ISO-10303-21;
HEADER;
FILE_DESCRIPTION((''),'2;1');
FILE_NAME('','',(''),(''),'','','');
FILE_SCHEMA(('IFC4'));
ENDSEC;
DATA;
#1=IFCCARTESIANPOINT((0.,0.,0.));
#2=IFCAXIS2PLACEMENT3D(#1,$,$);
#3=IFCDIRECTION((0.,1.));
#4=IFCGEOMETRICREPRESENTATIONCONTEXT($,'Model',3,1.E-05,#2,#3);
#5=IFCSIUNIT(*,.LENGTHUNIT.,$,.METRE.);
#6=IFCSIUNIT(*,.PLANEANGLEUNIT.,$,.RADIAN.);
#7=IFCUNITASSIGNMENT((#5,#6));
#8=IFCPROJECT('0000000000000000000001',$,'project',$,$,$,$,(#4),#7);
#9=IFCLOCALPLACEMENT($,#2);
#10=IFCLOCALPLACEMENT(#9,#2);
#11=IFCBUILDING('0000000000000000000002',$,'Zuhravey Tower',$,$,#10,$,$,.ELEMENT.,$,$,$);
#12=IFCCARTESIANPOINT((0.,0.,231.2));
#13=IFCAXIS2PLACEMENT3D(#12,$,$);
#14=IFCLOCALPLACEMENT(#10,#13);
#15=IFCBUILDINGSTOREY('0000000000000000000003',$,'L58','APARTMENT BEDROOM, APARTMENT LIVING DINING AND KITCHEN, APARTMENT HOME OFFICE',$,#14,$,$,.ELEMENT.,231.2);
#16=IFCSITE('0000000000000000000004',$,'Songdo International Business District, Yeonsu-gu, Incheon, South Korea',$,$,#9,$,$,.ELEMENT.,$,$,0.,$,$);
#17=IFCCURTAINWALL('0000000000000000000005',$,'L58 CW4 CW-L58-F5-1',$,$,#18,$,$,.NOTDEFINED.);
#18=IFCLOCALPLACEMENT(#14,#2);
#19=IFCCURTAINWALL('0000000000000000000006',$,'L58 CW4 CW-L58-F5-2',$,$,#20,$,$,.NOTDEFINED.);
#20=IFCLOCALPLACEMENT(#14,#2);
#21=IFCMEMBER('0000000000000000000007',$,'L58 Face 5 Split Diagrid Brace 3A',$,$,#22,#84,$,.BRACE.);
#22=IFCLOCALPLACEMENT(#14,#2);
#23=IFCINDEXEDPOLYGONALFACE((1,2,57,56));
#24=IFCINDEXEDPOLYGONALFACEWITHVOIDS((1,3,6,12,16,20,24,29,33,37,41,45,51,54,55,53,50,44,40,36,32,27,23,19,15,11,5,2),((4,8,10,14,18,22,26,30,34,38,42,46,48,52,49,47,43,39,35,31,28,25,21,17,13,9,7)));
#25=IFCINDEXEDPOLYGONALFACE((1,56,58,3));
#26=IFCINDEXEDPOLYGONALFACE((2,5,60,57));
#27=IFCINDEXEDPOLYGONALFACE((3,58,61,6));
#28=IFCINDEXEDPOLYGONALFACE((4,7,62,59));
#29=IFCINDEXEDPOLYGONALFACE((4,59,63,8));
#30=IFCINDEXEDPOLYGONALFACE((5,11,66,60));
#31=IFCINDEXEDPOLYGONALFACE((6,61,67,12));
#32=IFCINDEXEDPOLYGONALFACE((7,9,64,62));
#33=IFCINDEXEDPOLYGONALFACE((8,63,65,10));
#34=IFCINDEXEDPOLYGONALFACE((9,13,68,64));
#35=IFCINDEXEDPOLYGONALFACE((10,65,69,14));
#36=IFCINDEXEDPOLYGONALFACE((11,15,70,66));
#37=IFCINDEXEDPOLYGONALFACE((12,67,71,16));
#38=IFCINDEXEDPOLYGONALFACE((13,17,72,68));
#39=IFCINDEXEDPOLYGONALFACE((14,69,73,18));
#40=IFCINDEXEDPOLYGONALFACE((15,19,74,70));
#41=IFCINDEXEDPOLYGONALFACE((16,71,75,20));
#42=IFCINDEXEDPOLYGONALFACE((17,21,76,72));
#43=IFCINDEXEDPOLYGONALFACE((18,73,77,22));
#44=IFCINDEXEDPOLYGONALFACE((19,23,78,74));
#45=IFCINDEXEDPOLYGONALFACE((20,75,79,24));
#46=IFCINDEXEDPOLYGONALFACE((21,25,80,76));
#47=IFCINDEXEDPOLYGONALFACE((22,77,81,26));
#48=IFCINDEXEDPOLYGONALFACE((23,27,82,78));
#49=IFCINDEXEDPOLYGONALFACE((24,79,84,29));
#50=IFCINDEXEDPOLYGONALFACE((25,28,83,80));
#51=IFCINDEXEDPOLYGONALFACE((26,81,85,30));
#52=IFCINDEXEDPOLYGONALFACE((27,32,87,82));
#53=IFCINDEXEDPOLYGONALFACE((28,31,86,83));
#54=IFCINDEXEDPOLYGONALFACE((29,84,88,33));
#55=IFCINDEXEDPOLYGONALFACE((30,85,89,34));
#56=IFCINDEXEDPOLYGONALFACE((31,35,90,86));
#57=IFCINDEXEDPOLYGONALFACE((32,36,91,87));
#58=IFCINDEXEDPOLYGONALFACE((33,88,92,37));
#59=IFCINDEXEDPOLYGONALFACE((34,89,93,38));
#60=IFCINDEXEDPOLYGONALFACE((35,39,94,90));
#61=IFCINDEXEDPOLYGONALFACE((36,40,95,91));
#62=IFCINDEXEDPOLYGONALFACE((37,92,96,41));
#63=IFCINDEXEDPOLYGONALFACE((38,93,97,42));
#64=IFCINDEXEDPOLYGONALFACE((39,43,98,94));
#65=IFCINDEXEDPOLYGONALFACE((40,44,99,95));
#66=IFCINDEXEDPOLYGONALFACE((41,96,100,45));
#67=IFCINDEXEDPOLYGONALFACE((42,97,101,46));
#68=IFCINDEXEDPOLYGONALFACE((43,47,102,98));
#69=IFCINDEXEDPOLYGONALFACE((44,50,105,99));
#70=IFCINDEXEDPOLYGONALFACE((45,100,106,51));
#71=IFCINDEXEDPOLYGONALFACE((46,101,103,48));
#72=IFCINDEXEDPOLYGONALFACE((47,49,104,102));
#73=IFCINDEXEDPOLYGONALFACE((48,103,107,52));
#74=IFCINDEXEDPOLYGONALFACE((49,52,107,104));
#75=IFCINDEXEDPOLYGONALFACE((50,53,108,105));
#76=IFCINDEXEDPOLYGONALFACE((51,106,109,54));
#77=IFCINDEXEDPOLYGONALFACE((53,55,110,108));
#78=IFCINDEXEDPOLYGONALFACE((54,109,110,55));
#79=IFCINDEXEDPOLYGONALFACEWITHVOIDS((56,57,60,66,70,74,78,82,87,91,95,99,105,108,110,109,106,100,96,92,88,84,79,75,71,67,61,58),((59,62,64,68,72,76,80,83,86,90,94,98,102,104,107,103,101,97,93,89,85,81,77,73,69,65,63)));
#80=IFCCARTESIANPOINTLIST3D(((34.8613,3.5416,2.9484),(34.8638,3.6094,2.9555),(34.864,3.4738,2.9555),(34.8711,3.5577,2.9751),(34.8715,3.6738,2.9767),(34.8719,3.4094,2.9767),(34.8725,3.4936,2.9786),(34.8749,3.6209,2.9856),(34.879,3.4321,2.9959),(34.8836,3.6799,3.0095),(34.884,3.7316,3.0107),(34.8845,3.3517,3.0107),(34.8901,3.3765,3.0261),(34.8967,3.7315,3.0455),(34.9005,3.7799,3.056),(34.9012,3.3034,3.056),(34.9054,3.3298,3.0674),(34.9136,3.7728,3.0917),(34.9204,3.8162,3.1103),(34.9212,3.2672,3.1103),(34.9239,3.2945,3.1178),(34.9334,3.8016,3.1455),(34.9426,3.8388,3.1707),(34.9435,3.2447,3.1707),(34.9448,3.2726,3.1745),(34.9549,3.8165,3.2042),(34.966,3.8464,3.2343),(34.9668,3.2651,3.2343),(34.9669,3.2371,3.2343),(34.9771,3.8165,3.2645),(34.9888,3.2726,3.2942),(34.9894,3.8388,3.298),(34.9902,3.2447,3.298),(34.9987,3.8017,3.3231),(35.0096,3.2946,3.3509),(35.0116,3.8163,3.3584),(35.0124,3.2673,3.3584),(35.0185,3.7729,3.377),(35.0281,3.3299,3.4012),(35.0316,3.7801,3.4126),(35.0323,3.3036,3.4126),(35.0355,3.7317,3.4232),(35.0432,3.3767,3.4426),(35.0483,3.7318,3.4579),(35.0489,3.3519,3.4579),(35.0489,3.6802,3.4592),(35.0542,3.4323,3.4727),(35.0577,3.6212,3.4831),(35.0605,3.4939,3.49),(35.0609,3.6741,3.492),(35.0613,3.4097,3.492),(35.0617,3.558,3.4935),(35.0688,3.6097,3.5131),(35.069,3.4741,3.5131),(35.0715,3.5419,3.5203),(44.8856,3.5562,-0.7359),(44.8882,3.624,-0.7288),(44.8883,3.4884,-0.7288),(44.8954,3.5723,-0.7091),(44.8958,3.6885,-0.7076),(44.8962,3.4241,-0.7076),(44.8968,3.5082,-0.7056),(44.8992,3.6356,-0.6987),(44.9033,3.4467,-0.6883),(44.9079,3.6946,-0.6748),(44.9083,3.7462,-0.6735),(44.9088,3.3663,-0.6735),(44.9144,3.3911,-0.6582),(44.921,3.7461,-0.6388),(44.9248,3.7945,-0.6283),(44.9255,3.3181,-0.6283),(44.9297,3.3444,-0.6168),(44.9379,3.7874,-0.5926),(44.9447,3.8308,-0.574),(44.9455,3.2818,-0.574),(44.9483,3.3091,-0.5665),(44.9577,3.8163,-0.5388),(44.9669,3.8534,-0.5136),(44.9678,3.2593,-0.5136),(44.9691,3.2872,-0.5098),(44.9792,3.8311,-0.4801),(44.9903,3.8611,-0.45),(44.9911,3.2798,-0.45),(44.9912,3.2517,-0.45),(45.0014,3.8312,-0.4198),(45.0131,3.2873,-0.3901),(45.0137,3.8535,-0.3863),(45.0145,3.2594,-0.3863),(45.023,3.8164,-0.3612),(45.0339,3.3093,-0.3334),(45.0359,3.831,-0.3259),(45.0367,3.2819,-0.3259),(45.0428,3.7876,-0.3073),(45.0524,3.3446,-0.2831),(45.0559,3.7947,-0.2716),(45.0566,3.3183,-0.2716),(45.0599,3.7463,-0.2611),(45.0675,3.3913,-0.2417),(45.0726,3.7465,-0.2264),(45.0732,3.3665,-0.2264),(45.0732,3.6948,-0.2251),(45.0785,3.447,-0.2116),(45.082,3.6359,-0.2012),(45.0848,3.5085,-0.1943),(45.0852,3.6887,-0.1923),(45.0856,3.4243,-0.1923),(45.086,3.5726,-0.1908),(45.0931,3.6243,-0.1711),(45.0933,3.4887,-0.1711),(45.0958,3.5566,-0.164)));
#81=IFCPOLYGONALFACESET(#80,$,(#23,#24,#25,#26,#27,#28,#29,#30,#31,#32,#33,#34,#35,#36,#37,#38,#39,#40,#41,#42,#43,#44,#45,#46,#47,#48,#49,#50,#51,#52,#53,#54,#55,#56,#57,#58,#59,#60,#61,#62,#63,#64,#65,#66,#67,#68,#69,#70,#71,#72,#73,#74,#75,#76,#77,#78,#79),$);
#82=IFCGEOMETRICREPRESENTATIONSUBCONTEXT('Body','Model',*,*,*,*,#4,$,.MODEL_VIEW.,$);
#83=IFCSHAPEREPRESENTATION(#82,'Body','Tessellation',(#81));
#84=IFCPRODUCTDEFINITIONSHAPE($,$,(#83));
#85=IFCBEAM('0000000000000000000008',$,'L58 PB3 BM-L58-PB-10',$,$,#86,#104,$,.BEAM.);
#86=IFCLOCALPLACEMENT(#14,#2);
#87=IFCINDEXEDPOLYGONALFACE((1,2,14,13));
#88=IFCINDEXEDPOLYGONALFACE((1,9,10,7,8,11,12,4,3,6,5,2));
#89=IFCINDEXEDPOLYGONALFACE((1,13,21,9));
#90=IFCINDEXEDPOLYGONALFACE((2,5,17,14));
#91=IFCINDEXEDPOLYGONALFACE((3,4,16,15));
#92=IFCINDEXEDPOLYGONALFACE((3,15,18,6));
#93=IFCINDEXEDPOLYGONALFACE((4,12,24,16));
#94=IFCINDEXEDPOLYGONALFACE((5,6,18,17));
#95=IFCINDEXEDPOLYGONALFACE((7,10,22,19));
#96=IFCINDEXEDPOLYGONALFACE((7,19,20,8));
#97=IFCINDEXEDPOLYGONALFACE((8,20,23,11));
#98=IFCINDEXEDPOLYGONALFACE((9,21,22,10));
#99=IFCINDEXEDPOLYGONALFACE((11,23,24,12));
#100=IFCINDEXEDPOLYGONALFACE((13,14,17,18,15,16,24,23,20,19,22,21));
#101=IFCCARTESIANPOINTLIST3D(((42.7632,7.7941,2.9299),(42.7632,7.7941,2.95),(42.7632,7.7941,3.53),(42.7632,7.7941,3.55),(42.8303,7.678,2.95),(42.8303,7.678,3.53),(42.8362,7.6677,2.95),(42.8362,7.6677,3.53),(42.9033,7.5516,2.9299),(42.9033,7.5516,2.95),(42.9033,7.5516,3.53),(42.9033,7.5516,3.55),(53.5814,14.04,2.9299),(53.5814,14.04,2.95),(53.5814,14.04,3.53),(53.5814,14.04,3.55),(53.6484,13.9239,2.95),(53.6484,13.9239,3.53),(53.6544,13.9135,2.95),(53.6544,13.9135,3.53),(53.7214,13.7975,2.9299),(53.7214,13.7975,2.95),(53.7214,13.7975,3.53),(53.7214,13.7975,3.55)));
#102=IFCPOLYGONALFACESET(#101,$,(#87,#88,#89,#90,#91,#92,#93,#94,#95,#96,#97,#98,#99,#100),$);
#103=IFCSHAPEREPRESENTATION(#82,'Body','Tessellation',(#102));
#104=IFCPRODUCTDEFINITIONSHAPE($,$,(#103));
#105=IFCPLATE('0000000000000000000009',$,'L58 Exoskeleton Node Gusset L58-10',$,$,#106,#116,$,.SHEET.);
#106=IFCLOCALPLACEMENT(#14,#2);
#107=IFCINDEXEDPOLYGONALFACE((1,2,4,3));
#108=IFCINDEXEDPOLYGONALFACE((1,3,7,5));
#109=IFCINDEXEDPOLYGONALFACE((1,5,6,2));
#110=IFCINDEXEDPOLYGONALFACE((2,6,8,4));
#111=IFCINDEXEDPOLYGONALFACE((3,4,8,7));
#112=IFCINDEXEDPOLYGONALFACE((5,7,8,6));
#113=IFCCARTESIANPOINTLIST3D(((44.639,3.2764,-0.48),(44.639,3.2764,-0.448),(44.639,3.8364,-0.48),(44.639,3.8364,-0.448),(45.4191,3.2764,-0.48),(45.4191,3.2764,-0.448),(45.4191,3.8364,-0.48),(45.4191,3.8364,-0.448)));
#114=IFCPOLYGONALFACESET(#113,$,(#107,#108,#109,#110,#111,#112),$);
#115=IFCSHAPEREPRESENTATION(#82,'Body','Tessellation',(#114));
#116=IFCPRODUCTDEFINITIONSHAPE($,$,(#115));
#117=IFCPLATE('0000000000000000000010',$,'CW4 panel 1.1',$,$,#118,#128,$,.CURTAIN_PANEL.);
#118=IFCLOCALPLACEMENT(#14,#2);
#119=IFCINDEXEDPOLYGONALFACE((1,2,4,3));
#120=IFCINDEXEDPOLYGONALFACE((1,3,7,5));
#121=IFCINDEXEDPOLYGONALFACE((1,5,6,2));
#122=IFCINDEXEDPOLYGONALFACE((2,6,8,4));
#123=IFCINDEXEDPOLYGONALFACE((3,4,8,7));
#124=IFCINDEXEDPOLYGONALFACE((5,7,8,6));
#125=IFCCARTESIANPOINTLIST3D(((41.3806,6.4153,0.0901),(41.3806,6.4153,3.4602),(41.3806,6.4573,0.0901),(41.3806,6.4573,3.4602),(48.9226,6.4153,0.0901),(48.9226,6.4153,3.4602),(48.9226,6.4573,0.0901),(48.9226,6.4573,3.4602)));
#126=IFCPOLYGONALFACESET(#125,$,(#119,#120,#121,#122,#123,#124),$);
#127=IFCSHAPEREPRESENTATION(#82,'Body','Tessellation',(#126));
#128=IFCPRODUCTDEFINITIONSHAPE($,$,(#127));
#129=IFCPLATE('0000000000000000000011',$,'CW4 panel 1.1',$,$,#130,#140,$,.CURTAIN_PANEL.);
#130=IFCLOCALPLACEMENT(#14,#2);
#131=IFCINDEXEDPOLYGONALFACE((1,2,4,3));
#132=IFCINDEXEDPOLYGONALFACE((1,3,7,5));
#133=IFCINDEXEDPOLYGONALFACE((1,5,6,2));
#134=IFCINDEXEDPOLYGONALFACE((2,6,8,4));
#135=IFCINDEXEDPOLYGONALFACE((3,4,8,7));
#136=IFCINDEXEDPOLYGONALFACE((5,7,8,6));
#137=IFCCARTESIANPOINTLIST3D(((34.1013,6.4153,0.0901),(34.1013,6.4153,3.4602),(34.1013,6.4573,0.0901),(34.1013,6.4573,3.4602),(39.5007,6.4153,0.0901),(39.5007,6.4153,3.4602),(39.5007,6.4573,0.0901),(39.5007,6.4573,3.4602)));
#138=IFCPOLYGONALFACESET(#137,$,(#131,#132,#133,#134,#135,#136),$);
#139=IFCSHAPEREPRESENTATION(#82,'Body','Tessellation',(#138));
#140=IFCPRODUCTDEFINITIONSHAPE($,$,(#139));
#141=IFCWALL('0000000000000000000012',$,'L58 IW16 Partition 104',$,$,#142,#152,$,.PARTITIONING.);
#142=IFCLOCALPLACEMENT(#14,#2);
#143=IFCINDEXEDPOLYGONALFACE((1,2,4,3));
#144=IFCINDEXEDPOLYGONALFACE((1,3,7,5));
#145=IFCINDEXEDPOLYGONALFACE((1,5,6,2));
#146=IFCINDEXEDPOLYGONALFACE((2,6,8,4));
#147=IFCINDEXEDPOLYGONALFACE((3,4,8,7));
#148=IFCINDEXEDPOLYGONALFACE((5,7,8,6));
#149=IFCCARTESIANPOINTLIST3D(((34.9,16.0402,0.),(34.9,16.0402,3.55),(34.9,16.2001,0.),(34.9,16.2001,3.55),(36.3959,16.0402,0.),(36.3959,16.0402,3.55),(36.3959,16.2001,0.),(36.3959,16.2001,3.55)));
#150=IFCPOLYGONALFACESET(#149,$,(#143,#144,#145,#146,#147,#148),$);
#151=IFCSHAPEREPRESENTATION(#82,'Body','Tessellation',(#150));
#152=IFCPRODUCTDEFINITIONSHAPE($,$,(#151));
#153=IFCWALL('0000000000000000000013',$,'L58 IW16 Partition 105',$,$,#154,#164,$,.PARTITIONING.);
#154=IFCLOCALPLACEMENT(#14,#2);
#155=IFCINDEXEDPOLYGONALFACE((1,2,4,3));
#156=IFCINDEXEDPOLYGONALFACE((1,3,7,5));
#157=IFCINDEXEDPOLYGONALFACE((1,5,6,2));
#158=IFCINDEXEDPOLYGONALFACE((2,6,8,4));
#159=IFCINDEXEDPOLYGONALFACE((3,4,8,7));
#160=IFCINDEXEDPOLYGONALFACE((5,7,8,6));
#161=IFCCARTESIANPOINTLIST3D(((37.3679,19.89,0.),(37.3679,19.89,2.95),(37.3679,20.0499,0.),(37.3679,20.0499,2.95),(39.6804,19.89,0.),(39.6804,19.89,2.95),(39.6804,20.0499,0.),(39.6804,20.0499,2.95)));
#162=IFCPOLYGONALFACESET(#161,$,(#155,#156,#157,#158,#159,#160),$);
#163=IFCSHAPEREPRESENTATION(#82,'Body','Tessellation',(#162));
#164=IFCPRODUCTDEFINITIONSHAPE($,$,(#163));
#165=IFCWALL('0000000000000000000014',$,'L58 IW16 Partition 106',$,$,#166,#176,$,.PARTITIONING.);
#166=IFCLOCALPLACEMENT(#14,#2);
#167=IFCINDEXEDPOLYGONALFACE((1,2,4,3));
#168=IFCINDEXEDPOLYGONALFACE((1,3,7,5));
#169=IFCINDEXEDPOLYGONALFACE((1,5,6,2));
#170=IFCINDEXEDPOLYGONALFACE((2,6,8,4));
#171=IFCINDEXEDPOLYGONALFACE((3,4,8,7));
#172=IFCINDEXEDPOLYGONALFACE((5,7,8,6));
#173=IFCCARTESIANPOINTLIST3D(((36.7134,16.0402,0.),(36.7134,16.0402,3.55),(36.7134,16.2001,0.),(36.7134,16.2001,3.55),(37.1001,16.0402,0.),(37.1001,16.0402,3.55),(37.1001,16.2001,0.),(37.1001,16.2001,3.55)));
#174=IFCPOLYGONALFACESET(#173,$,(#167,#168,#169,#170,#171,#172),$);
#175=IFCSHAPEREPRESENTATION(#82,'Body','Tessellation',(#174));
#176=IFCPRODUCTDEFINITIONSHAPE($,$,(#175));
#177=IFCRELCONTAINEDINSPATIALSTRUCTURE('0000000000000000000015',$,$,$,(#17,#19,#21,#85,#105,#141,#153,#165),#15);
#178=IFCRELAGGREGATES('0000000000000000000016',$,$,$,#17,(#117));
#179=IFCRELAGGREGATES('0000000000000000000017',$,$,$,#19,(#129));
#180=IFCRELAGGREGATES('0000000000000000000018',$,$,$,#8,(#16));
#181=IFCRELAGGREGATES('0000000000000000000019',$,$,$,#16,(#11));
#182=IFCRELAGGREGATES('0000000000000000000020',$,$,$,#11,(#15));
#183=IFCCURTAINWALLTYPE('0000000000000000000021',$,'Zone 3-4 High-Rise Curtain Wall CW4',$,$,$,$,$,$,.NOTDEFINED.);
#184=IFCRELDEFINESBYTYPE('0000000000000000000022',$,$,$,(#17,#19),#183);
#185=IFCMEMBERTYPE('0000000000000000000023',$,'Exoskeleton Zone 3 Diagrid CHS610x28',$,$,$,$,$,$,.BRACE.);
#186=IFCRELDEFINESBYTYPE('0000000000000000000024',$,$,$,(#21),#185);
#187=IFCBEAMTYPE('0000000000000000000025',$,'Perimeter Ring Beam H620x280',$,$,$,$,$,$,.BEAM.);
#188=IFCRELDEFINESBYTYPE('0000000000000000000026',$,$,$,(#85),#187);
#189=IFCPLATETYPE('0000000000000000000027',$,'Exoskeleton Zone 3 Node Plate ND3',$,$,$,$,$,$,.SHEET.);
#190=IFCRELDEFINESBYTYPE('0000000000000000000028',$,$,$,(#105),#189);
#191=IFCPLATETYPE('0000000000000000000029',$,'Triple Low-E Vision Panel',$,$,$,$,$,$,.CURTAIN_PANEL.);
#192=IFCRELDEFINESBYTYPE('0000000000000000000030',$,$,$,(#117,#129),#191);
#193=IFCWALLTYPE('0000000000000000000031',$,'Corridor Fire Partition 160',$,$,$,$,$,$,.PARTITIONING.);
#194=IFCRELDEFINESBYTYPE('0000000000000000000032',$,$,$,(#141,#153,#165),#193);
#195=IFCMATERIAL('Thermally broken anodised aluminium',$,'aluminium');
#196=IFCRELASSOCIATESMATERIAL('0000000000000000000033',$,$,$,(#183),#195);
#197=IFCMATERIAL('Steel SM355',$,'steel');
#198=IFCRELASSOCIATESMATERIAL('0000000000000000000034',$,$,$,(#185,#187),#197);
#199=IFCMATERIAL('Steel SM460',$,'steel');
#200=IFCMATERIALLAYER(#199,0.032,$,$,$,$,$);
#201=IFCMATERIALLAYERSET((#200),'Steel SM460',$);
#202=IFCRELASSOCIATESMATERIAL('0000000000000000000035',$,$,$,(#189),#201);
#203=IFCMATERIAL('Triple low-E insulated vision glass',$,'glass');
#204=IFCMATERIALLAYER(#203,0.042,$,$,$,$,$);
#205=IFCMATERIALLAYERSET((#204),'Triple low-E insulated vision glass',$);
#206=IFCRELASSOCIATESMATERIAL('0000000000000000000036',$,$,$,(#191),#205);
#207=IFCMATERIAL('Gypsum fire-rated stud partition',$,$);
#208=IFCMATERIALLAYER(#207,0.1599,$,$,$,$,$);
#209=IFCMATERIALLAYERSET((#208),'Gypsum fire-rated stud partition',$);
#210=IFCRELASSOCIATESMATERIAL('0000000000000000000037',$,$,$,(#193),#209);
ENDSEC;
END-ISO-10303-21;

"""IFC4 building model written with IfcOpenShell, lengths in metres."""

from ifc_helpers import new_model, si_unit, direction, frame, frame_2d, origin, origin_2d, place, context, subcontext, project, spatial, rectangle, hollow_circle, i_section, extrude, material, layer, layer_set, material_profile, profile_set, type_object, element, aggregate, save


model = new_model("IFC4")

# Units and contexts
model_context = context("Model", 3, precision=1e-05, world=origin(), true_north=direction((0.0, 1.0)))
body_context = subcontext(model_context, "Body", "Model", "MODEL_VIEW")
ifc_project = project(units=[si_unit("LENGTHUNIT", "METRE"), si_unit("PLANEANGLEUNIT", "RADIAN")], contexts=[model_context])

# Site, building, storey
site_placement = place(None, origin())
site = spatial("IfcSite", under=ifc_project, at=site_placement, Name="Songdo International Business District, Yeonsu-gu, Incheon, South Korea", CompositionType="ELEMENT", RefElevation=0.0)
building_placement = place(site_placement, origin())
building = spatial("IfcBuilding", under=site, at=building_placement, Name="Zuhravey Tower", CompositionType="ELEMENT")
storey_placement = place(building_placement, frame((0.0, 0.0, 231.2)))
storey = spatial("IfcBuildingStorey", under=building, at=storey_placement, Name="L58", Description="APARTMENT BEDROOM, APARTMENT LIVING DINING AND KITCHEN, APARTMENT HOME OFFICE", CompositionType="ELEMENT", Elevation=231.2)

# Curtain wall
ifc_material_1 = material(Name="Thermally broken anodised aluminium", Category="aluminium")
curtain_wall_type = type_object("IfcCurtainWallType", Name="Zone 3-4 High-Rise Curtain Wall CW4", PredefinedType="NOTDEFINED", material=ifc_material_1)
curtain_wall_1_placement = place(storey_placement, origin())
curtain_wall_1 = element("IfcCurtainWall", 1, at=curtain_wall_1_placement, inside=storey, type_object=curtain_wall_type, Name="L58 CW4 CW-L58-F5-1", PredefinedType="NOTDEFINED")

# Curtain wall
curtain_wall_2_placement = place(storey_placement, origin())
curtain_wall_2 = element("IfcCurtainWall", 2, at=curtain_wall_2_placement, inside=storey, type_object=curtain_wall_type, Name="L58 CW4 CW-L58-F5-2", PredefinedType="NOTDEFINED")

# Member
ifc_material_2 = material(Name="Steel SM355", Category="steel")
ifc_material_profile_1 = material_profile(ifc_material_2, hollow_circle(Radius=0.3047, WallThickness=0.0281, at=origin_2d()), Name="CHS-609.6x28")
ifc_profile_set_1 = profile_set([ifc_material_profile_1], Name="Steel SM355")
member_type_1 = type_object("IfcMemberType", Name="Exoskeleton Zone 3 Diagrid CHS610x28", PredefinedType="BRACE", material=ifc_profile_set_1)
member_1_placement = place(storey_placement, frame((44.9907, 3.5564, -0.45), z_axis=(-0.938612, -0.001372, 0.344973), x_axis=(0.001461, -0.999999, 0.0)))
element("IfcMember", 3, at=member_1_placement, inside=storey, type_object=member_type_1, Name="L58 Face 5 Split Diagrid Brace 3A", PredefinedType="BRACE", context=body_context, shape_type="SweptSolid", body=[
    extrude(hollow_circle(Radius=0.3047, WallThickness=0.0281, at=origin_2d()), origin(), (0.0, 0.0, 1.0), 10.6799),
])

# Beam
ifc_material_profile_2 = material_profile(ifc_material_2, i_section(OverallWidth=0.28, OverallDepth=0.6201, WebThickness=0.012, FlangeThickness=0.02, at=origin_2d()), Name="H-620x280x12x20")
ifc_profile_set_2 = profile_set([ifc_material_profile_2], Name="Steel SM355")
beam_type = type_object("IfcBeamType", Name="Perimeter Ring Beam H620x280", PredefinedType="BEAM", material=ifc_profile_set_2)
beam_placement = place(storey_placement, frame((42.8333, 7.6729, 3.24), z_axis=(0.866025, 0.5, 0.0), x_axis=(-0.5, 0.866025, 0.0)))
element("IfcBeam", 4, at=beam_placement, inside=storey, type_object=beam_type, Name="L58 PB3 BM-L58-PB-10", PredefinedType="BEAM", context=body_context, shape_type="SweptSolid", body=[
    extrude(i_section(OverallWidth=0.28, OverallDepth=0.6201, WebThickness=0.012, FlangeThickness=0.02, at=origin_2d()), origin(), (0.0, 0.0, 1.0), 12.4917),
])

# Plates
ifc_material_3 = material(Name="Steel SM460", Category="steel")
ifc_layer_1 = layer(ifc_material_3, 0.032)
ifc_layer_set_1 = layer_set([ifc_layer_1], Name="Steel SM460")
plate_type_1 = type_object("IfcPlateType", Name="Exoskeleton Zone 3 Node Plate ND3", PredefinedType="SHEET", material=ifc_layer_set_1)
plate_1_placement = place(storey_placement, frame((45.0291, 3.5564, -0.48), z_axis=(0.0, 0.0, 1.0), x_axis=(1.0, 0.0, 0.0)))
element("IfcPlate", 5, at=plate_1_placement, inside=storey, type_object=plate_type_1, Name="L58 Exoskeleton Node Gusset L58-10", PredefinedType="SHEET", context=body_context, shape_type="SweptSolid", body=[
    extrude(rectangle(XDim=0.78, YDim=0.5601, at=origin_2d()), origin(), (0.0, 0.0, 1.0), 0.032),
])
ifc_material_4 = material(Name="Triple low-E insulated vision glass", Category="glass")
ifc_layer_2 = layer(ifc_material_4, 0.042)
ifc_layer_set_2 = layer_set([ifc_layer_2], Name="Triple low-E insulated vision glass")
plate_type_2 = type_object("IfcPlateType", Name="Triple Low-E Vision Panel", PredefinedType="CURTAIN_PANEL", material=ifc_layer_set_2)
plate_2_placement = place(storey_placement, frame((45.1516, 6.4363, 0.0901), z_axis=(0.0, 0.0, 1.0), x_axis=(-1.0, 0.0, 0.0)))
plate_2 = element("IfcPlate", 6, at=plate_2_placement, type_object=plate_type_2, Name="CW4 panel 1.1", PredefinedType="CURTAIN_PANEL", context=body_context, shape_type="SweptSolid", body=[
    extrude(rectangle(XDim=7.542, YDim=0.042, at=origin_2d()), origin(), (0.0, 0.0, 1.0), 3.3701),
])
aggregate(curtain_wall_1, [plate_2])
plate_3_placement = place(storey_placement, frame((36.801, 6.4363, 0.0901), z_axis=(0.0, 0.0, 1.0), x_axis=(-1.0, 0.0, 0.0)))
plate_3 = element("IfcPlate", 7, at=plate_3_placement, type_object=plate_type_2, Name="CW4 panel 1.1", PredefinedType="CURTAIN_PANEL", context=body_context, shape_type="SweptSolid", body=[
    extrude(rectangle(XDim=5.3994, YDim=0.042, at=origin_2d()), origin(), (0.0, 0.0, 1.0), 3.3701),
])
aggregate(curtain_wall_2, [plate_3])

# Shared definitions
ifc_material_5 = material(Name="Gypsum fire-rated stud partition")
ifc_layer_3 = layer(ifc_material_5, 0.1599)
ifc_layer_set_3 = layer_set([ifc_layer_3], Name="Gypsum fire-rated stud partition")
wall_type_1 = type_object("IfcWallType", Name="Corridor Fire Partition 160", PredefinedType="PARTITIONING", material=ifc_layer_set_3)

# Walls
wall_1_placement = place(storey_placement, frame((34.8999, 16.1201, 0.0), z_axis=(0.0, 0.0, 1.0), x_axis=(1.0, 0.0, 0.0)))
element("IfcWall", 8, at=wall_1_placement, inside=storey, type_object=wall_type_1, Name="L58 IW16 Partition 104", PredefinedType="PARTITIONING", context=body_context, shape_type="SweptSolid", body=[
    extrude(rectangle(XDim=1.4958, YDim=0.1599, at=frame_2d((0.748, 0.0))), origin(), (0.0, 0.0, 1.0), 3.55),
])
wall_2_placement = place(storey_placement, frame((37.3679, 19.97, 0.0), z_axis=(0.0, 0.0, 1.0), x_axis=(1.0, 0.0, 0.0)))
element("IfcWall", 9, at=wall_2_placement, inside=storey, type_object=wall_type_1, Name="L58 IW16 Partition 105", PredefinedType="PARTITIONING", context=body_context, shape_type="SweptSolid", body=[
    extrude(rectangle(XDim=2.3125, YDim=0.1599, at=frame_2d((1.1562, 0.0))), origin(), (0.0, 0.0, 1.0), 2.95),
])
wall_3_placement = place(storey_placement, frame((36.7134, 16.1201, 0.0), z_axis=(0.0, 0.0, 1.0), x_axis=(1.0, 0.0, 0.0)))
element("IfcWall", 10, at=wall_3_placement, inside=storey, type_object=wall_type_1, Name="L58 IW16 Partition 106", PredefinedType="PARTITIONING", context=body_context, shape_type="SweptSolid", body=[
    extrude(rectangle(XDim=0.3867, YDim=0.1599, at=frame_2d((0.1934, 0.0))), origin(), (0.0, 0.0, 1.0), 3.55),
])

save(model, "model.ifc")
